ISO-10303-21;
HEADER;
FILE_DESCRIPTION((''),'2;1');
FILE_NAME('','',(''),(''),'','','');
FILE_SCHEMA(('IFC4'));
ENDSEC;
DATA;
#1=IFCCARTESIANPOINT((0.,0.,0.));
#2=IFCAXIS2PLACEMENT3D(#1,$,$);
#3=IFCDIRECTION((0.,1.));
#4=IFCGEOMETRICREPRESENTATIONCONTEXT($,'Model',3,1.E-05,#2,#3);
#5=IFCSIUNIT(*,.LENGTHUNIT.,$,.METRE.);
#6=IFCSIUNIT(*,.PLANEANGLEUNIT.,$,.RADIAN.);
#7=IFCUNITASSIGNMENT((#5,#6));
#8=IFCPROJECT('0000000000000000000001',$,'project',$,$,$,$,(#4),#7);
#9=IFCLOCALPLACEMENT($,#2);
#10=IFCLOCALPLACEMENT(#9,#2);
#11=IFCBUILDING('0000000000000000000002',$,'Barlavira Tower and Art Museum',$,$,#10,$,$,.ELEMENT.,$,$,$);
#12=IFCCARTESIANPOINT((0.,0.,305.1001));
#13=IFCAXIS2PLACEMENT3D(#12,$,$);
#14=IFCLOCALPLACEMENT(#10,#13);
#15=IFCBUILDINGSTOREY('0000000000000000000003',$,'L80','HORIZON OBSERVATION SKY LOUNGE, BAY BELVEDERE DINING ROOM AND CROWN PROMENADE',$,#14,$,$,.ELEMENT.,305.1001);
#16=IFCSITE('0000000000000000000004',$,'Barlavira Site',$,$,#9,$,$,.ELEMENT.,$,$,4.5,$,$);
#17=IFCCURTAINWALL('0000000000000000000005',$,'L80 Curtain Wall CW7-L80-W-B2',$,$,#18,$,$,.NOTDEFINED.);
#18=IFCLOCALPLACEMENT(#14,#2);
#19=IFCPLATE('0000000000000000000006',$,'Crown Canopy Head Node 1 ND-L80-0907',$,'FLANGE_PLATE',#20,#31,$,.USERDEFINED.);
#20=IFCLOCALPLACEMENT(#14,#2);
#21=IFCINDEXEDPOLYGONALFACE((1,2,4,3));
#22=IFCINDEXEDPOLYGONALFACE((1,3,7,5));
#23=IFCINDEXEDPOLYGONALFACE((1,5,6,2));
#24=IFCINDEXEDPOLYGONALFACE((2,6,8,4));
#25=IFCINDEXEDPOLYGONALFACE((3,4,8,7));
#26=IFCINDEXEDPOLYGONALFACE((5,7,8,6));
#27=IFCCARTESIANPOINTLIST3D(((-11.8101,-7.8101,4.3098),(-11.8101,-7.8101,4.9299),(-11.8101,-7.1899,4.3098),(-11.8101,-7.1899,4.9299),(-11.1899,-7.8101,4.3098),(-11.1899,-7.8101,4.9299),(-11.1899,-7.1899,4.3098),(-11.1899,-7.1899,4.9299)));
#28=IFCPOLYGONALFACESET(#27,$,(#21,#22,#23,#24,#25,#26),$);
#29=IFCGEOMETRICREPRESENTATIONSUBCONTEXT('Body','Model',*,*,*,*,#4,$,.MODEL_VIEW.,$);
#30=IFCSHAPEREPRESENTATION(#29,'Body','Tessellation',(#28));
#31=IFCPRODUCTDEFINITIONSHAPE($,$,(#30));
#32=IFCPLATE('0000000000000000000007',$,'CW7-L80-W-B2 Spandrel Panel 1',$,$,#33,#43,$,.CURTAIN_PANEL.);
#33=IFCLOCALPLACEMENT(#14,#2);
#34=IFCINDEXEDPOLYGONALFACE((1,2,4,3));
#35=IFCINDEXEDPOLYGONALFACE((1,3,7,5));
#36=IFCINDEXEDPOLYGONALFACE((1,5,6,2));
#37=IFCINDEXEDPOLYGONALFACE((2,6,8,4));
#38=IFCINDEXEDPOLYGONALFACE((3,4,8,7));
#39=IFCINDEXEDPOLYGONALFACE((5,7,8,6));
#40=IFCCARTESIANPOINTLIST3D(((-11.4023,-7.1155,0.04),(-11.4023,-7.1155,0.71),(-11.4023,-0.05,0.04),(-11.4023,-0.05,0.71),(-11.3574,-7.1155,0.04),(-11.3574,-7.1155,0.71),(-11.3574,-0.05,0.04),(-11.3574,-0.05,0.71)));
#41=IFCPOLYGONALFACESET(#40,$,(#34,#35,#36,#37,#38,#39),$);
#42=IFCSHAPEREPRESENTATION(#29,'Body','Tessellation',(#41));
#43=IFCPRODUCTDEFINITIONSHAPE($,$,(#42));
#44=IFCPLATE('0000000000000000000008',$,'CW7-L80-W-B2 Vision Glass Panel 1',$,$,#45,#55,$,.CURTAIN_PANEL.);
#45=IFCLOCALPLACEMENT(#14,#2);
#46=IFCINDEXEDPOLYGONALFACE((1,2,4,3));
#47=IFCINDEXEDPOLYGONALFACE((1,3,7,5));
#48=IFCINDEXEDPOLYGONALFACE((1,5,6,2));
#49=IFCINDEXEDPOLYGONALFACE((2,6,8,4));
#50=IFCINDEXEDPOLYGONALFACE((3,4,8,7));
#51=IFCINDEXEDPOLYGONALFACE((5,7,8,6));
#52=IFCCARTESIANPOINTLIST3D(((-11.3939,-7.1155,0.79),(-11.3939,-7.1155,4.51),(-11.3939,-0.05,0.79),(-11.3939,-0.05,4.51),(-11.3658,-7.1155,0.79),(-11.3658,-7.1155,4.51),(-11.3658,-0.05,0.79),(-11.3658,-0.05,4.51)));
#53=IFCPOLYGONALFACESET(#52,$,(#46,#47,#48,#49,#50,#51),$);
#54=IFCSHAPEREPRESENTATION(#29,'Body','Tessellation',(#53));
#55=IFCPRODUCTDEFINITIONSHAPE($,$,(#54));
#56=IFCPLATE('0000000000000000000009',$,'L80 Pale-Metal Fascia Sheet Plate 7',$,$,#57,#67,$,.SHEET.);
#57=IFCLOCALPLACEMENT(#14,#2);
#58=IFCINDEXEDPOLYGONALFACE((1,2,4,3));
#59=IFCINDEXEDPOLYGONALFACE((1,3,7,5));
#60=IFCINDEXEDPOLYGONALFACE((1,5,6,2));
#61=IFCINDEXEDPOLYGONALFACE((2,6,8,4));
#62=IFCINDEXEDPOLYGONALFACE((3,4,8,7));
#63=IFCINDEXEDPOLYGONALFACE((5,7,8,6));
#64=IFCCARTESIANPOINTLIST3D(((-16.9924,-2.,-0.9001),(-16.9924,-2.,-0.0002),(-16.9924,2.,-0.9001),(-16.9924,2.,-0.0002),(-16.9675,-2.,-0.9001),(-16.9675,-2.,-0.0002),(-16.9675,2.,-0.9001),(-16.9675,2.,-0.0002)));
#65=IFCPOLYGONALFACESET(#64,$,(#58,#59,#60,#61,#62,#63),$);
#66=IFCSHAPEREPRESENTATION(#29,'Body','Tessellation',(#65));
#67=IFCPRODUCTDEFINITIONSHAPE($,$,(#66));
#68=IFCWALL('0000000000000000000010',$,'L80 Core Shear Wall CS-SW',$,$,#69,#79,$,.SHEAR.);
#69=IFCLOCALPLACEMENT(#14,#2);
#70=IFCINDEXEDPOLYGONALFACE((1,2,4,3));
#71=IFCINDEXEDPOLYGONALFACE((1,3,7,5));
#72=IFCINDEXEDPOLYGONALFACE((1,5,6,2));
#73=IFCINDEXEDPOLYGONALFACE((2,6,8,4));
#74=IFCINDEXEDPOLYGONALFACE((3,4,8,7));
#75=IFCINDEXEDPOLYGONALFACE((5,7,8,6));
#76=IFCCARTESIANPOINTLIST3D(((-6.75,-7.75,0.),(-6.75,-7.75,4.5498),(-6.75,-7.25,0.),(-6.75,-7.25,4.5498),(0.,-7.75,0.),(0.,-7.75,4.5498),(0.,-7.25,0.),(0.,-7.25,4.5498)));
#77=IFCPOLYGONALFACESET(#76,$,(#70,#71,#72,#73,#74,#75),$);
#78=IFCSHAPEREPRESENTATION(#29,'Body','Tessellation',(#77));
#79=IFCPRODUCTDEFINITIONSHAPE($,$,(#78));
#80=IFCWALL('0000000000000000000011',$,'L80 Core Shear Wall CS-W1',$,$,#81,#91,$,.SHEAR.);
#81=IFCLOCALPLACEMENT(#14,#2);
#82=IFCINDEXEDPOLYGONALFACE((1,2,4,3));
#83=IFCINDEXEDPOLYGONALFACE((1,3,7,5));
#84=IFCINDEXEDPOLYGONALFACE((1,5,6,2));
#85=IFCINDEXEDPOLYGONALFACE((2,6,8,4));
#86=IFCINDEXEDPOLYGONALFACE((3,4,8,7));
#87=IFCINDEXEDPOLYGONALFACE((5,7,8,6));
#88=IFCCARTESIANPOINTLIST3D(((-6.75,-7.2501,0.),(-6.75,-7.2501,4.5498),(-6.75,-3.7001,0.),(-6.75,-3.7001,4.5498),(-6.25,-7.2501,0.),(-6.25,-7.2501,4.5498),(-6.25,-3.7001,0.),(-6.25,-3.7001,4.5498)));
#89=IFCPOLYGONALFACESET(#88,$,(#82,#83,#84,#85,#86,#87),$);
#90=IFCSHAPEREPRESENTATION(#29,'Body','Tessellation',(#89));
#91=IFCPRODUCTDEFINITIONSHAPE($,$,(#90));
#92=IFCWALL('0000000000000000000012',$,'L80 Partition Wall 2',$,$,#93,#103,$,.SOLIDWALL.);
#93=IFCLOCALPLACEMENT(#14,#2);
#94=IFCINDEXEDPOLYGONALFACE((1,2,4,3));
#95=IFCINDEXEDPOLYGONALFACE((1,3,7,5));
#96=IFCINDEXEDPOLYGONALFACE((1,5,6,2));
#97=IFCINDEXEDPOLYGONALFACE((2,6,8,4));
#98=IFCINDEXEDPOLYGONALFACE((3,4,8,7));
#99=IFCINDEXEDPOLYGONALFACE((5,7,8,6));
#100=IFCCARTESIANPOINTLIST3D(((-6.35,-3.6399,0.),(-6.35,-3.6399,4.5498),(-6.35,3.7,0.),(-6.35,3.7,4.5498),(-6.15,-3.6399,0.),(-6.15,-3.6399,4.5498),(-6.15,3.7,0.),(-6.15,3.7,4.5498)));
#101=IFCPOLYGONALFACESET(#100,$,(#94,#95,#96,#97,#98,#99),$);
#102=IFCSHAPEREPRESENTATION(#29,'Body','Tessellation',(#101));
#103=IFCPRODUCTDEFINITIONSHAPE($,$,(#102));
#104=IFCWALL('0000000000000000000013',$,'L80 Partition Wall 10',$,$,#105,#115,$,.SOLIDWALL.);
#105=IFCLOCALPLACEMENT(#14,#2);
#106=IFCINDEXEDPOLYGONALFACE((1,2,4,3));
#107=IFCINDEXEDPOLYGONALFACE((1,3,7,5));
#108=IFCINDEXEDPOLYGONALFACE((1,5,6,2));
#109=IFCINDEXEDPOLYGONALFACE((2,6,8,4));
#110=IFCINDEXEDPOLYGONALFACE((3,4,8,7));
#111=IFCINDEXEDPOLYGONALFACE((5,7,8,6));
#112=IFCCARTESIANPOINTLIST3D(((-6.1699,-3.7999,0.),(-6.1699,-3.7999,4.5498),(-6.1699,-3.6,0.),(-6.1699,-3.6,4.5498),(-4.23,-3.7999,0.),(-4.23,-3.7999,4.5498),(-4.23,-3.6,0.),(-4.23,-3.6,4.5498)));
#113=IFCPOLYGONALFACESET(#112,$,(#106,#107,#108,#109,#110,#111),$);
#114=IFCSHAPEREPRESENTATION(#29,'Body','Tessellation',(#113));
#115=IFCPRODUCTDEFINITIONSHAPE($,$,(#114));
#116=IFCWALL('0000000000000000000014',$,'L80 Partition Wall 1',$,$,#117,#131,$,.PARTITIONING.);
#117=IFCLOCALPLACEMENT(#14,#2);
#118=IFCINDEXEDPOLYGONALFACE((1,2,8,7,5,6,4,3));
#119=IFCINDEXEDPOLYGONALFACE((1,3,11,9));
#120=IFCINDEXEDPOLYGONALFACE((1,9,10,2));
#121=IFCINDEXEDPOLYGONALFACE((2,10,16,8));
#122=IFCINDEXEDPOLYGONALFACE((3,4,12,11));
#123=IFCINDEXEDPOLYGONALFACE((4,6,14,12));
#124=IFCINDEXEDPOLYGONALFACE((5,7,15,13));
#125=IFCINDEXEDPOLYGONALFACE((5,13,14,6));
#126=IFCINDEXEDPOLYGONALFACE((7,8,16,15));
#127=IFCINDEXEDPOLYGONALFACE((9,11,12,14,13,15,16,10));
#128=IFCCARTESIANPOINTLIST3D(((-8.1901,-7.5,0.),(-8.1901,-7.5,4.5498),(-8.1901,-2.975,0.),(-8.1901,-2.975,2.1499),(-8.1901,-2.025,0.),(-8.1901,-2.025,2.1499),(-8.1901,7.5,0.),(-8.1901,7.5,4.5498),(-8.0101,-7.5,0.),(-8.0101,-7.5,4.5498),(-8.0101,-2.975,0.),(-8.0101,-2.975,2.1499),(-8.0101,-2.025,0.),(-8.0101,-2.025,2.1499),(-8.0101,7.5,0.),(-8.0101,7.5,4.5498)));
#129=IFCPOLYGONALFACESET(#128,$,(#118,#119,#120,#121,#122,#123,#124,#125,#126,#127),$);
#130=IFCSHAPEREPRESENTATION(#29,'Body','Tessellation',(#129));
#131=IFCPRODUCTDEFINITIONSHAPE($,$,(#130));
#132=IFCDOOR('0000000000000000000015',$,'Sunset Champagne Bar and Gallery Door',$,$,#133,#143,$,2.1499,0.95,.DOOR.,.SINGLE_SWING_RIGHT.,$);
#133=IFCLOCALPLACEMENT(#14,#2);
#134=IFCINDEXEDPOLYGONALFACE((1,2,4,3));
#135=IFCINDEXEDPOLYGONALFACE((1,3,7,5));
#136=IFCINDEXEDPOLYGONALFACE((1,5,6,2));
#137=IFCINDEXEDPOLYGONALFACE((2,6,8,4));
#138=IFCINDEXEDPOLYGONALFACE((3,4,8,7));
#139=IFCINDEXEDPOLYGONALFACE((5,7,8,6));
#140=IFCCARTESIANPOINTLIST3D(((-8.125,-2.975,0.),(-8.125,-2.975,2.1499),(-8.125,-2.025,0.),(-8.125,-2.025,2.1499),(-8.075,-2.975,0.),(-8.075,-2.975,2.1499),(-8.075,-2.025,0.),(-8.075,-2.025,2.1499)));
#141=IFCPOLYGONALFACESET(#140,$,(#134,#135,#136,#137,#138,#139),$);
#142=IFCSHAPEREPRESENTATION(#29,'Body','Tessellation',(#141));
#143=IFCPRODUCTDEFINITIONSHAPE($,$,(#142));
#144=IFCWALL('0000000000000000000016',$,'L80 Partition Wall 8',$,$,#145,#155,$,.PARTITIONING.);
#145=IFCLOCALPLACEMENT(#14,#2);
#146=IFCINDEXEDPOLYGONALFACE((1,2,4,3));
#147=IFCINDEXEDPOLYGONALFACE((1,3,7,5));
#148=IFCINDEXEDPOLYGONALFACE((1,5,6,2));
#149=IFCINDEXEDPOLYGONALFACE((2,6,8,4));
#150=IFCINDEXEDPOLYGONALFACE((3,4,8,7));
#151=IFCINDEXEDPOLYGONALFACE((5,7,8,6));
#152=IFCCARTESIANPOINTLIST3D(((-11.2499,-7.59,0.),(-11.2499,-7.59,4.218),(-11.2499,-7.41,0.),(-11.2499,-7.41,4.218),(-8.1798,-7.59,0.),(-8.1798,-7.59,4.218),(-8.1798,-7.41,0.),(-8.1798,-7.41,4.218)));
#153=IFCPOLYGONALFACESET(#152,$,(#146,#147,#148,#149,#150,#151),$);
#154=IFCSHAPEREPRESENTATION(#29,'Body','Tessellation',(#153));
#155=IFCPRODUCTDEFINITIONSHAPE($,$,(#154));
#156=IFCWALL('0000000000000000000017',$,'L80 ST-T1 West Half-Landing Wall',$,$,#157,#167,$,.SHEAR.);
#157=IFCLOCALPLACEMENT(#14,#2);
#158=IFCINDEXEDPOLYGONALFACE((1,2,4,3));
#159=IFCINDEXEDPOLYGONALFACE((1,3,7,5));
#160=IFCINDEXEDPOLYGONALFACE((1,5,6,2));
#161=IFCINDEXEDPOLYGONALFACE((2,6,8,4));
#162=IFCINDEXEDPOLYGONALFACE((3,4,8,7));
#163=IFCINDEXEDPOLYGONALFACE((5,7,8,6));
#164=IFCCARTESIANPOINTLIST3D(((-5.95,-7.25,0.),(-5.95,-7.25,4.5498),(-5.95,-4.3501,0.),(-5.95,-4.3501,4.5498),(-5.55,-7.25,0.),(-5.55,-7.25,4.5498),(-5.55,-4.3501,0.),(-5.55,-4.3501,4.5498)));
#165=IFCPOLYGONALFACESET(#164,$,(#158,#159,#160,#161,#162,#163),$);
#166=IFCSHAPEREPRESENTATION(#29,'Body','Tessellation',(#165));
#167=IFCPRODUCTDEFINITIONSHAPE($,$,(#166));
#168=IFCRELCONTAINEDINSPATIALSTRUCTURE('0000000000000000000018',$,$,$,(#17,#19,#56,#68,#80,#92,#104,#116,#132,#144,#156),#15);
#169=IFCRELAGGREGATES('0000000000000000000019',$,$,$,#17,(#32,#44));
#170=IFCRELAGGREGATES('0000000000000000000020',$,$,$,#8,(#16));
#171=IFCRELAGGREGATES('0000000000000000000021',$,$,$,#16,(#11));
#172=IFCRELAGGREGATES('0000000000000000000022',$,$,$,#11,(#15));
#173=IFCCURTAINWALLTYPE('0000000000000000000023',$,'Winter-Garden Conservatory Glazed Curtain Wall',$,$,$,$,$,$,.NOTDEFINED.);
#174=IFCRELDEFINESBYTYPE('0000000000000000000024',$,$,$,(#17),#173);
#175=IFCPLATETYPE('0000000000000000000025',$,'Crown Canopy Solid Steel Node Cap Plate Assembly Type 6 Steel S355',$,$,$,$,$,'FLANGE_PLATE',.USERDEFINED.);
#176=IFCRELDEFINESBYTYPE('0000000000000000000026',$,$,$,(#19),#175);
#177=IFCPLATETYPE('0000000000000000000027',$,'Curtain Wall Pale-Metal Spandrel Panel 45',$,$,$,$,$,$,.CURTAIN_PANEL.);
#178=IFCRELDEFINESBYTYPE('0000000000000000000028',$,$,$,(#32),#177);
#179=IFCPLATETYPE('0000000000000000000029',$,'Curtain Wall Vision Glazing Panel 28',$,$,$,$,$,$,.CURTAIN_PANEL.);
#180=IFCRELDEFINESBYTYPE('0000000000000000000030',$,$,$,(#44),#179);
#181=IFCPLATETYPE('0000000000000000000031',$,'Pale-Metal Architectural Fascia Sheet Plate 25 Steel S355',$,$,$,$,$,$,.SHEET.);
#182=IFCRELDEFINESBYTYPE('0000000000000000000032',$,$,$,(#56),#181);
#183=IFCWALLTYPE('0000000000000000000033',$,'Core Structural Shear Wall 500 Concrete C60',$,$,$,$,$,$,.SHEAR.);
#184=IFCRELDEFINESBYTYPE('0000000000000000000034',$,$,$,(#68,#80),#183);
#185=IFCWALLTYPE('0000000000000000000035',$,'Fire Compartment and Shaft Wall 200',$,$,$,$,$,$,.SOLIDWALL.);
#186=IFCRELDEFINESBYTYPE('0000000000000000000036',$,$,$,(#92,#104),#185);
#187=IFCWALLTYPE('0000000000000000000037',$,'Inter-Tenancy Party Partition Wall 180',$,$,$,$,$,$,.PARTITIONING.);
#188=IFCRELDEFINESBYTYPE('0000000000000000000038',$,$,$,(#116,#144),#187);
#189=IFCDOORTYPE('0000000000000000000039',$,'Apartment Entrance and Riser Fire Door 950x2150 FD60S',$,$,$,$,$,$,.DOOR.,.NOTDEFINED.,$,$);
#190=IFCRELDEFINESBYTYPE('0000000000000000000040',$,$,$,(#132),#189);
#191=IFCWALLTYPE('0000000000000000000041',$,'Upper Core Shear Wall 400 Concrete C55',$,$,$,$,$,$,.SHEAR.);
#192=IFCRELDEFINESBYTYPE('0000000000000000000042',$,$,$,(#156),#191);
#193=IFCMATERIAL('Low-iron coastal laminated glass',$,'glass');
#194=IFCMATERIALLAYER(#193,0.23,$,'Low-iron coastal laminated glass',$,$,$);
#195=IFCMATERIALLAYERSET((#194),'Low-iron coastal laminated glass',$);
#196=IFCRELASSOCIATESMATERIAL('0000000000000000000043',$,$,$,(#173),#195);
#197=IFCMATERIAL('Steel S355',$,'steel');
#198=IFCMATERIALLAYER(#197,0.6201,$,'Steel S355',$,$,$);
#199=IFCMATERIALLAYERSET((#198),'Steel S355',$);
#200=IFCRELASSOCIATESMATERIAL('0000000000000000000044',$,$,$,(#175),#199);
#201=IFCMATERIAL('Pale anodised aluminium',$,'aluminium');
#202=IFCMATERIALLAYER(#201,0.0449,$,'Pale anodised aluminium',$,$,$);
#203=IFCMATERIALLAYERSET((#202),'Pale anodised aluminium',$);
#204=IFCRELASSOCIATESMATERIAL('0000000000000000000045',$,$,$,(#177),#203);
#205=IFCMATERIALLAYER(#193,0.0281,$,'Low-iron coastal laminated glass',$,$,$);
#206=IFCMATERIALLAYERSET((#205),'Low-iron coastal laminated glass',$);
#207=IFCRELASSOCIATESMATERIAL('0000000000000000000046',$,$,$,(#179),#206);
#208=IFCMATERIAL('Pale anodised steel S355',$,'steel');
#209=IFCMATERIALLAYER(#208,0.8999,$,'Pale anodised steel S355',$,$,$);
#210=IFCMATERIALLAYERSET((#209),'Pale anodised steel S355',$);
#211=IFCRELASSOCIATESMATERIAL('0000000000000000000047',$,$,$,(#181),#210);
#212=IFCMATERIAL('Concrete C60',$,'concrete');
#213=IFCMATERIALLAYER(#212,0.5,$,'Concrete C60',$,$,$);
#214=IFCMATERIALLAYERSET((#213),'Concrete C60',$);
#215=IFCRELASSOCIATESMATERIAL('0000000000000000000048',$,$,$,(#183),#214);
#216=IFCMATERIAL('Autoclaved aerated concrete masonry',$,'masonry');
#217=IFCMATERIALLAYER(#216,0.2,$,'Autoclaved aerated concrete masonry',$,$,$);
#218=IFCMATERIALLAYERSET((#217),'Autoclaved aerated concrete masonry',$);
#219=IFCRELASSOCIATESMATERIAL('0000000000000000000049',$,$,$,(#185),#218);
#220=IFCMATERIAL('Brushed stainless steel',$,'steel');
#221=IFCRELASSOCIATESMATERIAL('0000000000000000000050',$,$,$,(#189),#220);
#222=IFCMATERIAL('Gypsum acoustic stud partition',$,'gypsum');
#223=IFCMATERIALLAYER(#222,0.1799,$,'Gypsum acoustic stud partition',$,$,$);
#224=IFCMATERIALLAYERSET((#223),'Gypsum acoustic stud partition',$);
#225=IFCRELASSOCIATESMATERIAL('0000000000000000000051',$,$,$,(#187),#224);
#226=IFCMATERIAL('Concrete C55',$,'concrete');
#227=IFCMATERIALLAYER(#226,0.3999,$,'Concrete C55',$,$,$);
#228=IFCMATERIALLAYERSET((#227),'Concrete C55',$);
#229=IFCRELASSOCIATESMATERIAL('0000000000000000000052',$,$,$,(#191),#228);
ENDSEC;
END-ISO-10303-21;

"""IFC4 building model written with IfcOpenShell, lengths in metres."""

from ifc_helpers import new_model, si_unit, direction, frame, frame_2d, origin, origin_2d, place, context, subcontext, project, spatial, rectangle, extrude, material, layer, layer_set, type_object, element, fill, aggregate, save


model = new_model("IFC4")

# Units and contexts
model_context = context("Model", 3, precision=1e-05, world=origin(), true_north=direction((0.0, 1.0)))
body_context = subcontext(model_context, "Body", "Model", "MODEL_VIEW")
ifc_project = project(units=[si_unit("LENGTHUNIT", "METRE"), si_unit("PLANEANGLEUNIT", "RADIAN")], contexts=[model_context])

# Site, building, storey
site_placement = place(None, origin())
site = spatial("IfcSite", under=ifc_project, at=site_placement, Name="Barlavira Site", CompositionType="ELEMENT", RefElevation=4.5)
building_placement = place(site_placement, origin())
building = spatial("IfcBuilding", under=site, at=building_placement, Name="Barlavira Tower and Art Museum", CompositionType="ELEMENT")
storey_placement = place(building_placement, frame((0.0, 0.0, 305.1001)))
storey = spatial("IfcBuildingStorey", under=building, at=storey_placement, Name="L80", Description="HORIZON OBSERVATION SKY LOUNGE, BAY BELVEDERE DINING ROOM AND CROWN PROMENADE", CompositionType="ELEMENT", Elevation=305.1001)

# Shared definitions
ifc_material_1 = material(Name="Steel S355", Category="steel")

# Curtain wall
ifc_material_2 = material(Name="Low-iron coastal laminated glass", Category="glass")
ifc_layer_1 = layer(ifc_material_2, 0.23, Name="Low-iron coastal laminated glass")
ifc_layer_set_1 = layer_set([ifc_layer_1], Name="Low-iron coastal laminated glass")
curtain_wall_type = type_object("IfcCurtainWallType", Name="Winter-Garden Conservatory Glazed Curtain Wall", PredefinedType="NOTDEFINED", material=ifc_layer_set_1)
curtain_wall_placement = place(storey_placement, origin())
curtain_wall = element("IfcCurtainWall", 1, at=curtain_wall_placement, inside=storey, type_object=curtain_wall_type, Name="L80 Curtain Wall CW7-L80-W-B2", PredefinedType="NOTDEFINED")
ifc_material_3 = material(Name="Pale anodised aluminium", Category="aluminium")

# Plate
ifc_layer_2 = layer(ifc_material_1, 0.6201, Name="Steel S355")
ifc_layer_set_2 = layer_set([ifc_layer_2], Name="Steel S355")
plate_type_1 = type_object("IfcPlateType", Name="Crown Canopy Solid Steel Node Cap Plate Assembly Type 6 Steel S355", ElementType="FLANGE_PLATE", PredefinedType="USERDEFINED", material=ifc_layer_set_2)
for number, where, z_axis, x_axis, name in (
    (2, (-11.5, -7.5, 4.3098), (0.0, 0.0, 1.0), (1.0, 0.0, 0.0), "Crown Canopy Head Node 1 ND-L80-0907"),
):
    element("IfcPlate", number, at=place(storey_placement, frame(where, z_axis=z_axis, x_axis=x_axis)), inside=storey, type_object=plate_type_1, Name=name, ObjectType="FLANGE_PLATE", PredefinedType="USERDEFINED", context=body_context, shape_type="SweptSolid", body=[
        extrude(rectangle(XDim=0.6201, YDim=0.6201, at=origin_2d()), origin(), (0.0, 0.0, 1.0), 0.6201),
    ])

# Plates
ifc_layer_3 = layer(ifc_material_3, 0.0449, Name="Pale anodised aluminium")
ifc_layer_set_3 = layer_set([ifc_layer_3], Name="Pale anodised aluminium")
plate_type_2 = type_object("IfcPlateType", Name="Curtain Wall Pale-Metal Spandrel Panel 45", PredefinedType="CURTAIN_PANEL", material=ifc_layer_set_3)
plate_1_placement = place(storey_placement, frame((-11.3799, -3.5828, 0.04), z_axis=(0.0, 0.0, 1.0), x_axis=(0.0, -1.0, 0.0)))
plate_1 = element("IfcPlate", 3, at=plate_1_placement, type_object=plate_type_2, Name="CW7-L80-W-B2 Spandrel Panel 1", PredefinedType="CURTAIN_PANEL", context=body_context, shape_type="SweptSolid", body=[
    extrude(rectangle(XDim=7.0654, YDim=0.0449, at=origin_2d()), origin(), (0.0, 0.0, 1.0), 0.6699),
])
ifc_layer_4 = layer(ifc_material_2, 0.0281, Name="Low-iron coastal laminated glass")
ifc_layer_set_4 = layer_set([ifc_layer_4], Name="Low-iron coastal laminated glass")
plate_type_3 = type_object("IfcPlateType", Name="Curtain Wall Vision Glazing Panel 28", PredefinedType="CURTAIN_PANEL", material=ifc_layer_set_4)
plate_2_placement = place(storey_placement, frame((-11.3799, -3.5828, 0.79), z_axis=(0.0, 0.0, 1.0), x_axis=(0.0, -1.0, 0.0)))
plate_2 = element("IfcPlate", 4, at=plate_2_placement, type_object=plate_type_3, Name="CW7-L80-W-B2 Vision Glass Panel 1", PredefinedType="CURTAIN_PANEL", context=body_context, shape_type="SweptSolid", body=[
    extrude(rectangle(XDim=7.0654, YDim=0.0281, at=origin_2d()), origin(), (0.0, 0.0, 1.0), 3.72),
])
aggregate(curtain_wall, [plate_1, plate_2])
ifc_material_4 = material(Name="Pale anodised steel S355", Category="steel")
ifc_layer_5 = layer(ifc_material_4, 0.8999, Name="Pale anodised steel S355")
ifc_layer_set_5 = layer_set([ifc_layer_5], Name="Pale anodised steel S355")
plate_type_4 = type_object("IfcPlateType", Name="Pale-Metal Architectural Fascia Sheet Plate 25 Steel S355", PredefinedType="SHEET", material=ifc_layer_set_5)
plate_3_placement = place(storey_placement, frame((-16.98, 0.0, -0.9001), z_axis=(0.0, 0.0, 1.0), x_axis=(0.0, 1.0, 0.0)))
element("IfcPlate", 5, at=plate_3_placement, inside=storey, type_object=plate_type_4, Name="L80 Pale-Metal Fascia Sheet Plate 7", PredefinedType="SHEET", context=body_context, shape_type="SweptSolid", body=[
    extrude(rectangle(XDim=4.0, YDim=0.0249, at=origin_2d()), origin(), (0.0, 0.0, 1.0), 0.8999),
])

# Walls
ifc_material_5 = material(Name="Concrete C60", Category="concrete")
ifc_layer_6 = layer(ifc_material_5, 0.5, Name="Concrete C60")
ifc_layer_set_6 = layer_set([ifc_layer_6], Name="Concrete C60")
wall_type_1 = type_object("IfcWallType", Name="Core Structural Shear Wall 500 Concrete C60", PredefinedType="SHEAR", material=ifc_layer_set_6)
wall_1_placement = place(storey_placement, frame((-6.75, -7.5, 0.0), z_axis=(0.0, 0.0, 1.0), x_axis=(1.0, 0.0, 0.0)))
element("IfcWall", 6, at=wall_1_placement, inside=storey, type_object=wall_type_1, Name="L80 Core Shear Wall CS-SW", PredefinedType="SHEAR", context=body_context, shape_type="SweptSolid", body=[
    extrude(rectangle(XDim=6.75, YDim=0.5, at=frame_2d((3.375, 0.0))), origin(), (0.0, 0.0, 1.0), 4.5498),
])
wall_2_placement = place(storey_placement, frame((-6.5, -7.25, 0.0), z_axis=(0.0, 0.0, 1.0), x_axis=(0.0, 1.0, 0.0)))
element("IfcWall", 7, at=wall_2_placement, inside=storey, type_object=wall_type_1, Name="L80 Core Shear Wall CS-W1", PredefinedType="SHEAR", context=body_context, shape_type="SweptSolid", body=[
    extrude(rectangle(XDim=3.55, YDim=0.5, at=frame_2d((1.7749, 0.0))), origin(), (0.0, 0.0, 1.0), 4.5498),
])
ifc_material_6 = material(Name="Autoclaved aerated concrete masonry", Category="masonry")
ifc_layer_7 = layer(ifc_material_6, 0.2, Name="Autoclaved aerated concrete masonry")
ifc_layer_set_7 = layer_set([ifc_layer_7], Name="Autoclaved aerated concrete masonry")
wall_type_2 = type_object("IfcWallType", Name="Fire Compartment and Shaft Wall 200", PredefinedType="SOLIDWALL", material=ifc_layer_set_7)
wall_3_placement = place(storey_placement, frame((-6.25, -3.6399, 0.0), z_axis=(0.0, 0.0, 1.0), x_axis=(0.0, 1.0, 0.0)))
element("IfcWall", 8, at=wall_3_placement, inside=storey, type_object=wall_type_2, Name="L80 Partition Wall 2", PredefinedType="SOLIDWALL", context=body_context, shape_type="SweptSolid", body=[
    extrude(rectangle(XDim=7.3398, YDim=0.2, at=frame_2d((3.6699, 0.0))), origin(), (0.0, 0.0, 1.0), 4.5498),
])

# Shared definitions
ifc_material_7 = material(Name="Brushed stainless steel", Category="steel")
door_type = type_object("IfcDoorType", Name="Apartment Entrance and Riser Fire Door 950x2150 FD60S", OperationType="NOTDEFINED", PredefinedType="DOOR", material=ifc_material_7)

# Wall
wall_4_placement = place(storey_placement, frame((-6.1699, -3.7, 0.0), z_axis=(0.0, 0.0, 1.0), x_axis=(1.0, 0.0, 0.0)))
element("IfcWall", 9, at=wall_4_placement, inside=storey, type_object=wall_type_2, Name="L80 Partition Wall 10", PredefinedType="SOLIDWALL", context=body_context, shape_type="SweptSolid", body=[
    extrude(rectangle(XDim=1.9399, YDim=0.2, at=frame_2d((0.97, 0.0))), origin(), (0.0, 0.0, 1.0), 4.5498),
])

# Wall, opening, door
ifc_material_8 = material(Name="Gypsum acoustic stud partition", Category="gypsum")
ifc_layer_8 = layer(ifc_material_8, 0.1799, Name="Gypsum acoustic stud partition")
ifc_layer_set_8 = layer_set([ifc_layer_8], Name="Gypsum acoustic stud partition")
wall_type_3 = type_object("IfcWallType", Name="Inter-Tenancy Party Partition Wall 180", PredefinedType="PARTITIONING", material=ifc_layer_set_8)
wall_5_placement = place(storey_placement, frame((-8.1001, -7.5, 0.0), z_axis=(0.0, 0.0, 1.0), x_axis=(0.0, 1.0, 0.0)))
wall_5 = element("IfcWall", 10, at=wall_5_placement, inside=storey, type_object=wall_type_3, Name="L80 Partition Wall 1", PredefinedType="PARTITIONING", context=body_context, shape_type="SweptSolid", body=[
    extrude(rectangle(XDim=15.0, YDim=0.1799, at=frame_2d((7.5, 0.0))), origin(), (0.0, 0.0, 1.0), 4.5498),
])
opening_1_placement = place(wall_5_placement, frame((4.5249, 0.0, 0.0)))
opening_1 = element("IfcOpeningElement", 11, at=opening_1_placement, cuts=wall_5, PredefinedType="OPENING", context=body_context, shape_type="SweptSolid", body=[
    extrude(rectangle(XDim=0.95, YDim=2.1499, at=frame_2d((0.4751, 1.075))), frame((0.0, 0.1001, 0.0), z_axis=(0.0, -1.0, 0.0), x_axis=(1.0, 0.0, 0.0)), (0.0, 0.0, 1.0), 0.2),
])
door_1_placement = place(opening_1_placement, origin())
door_1 = element("IfcDoor", 12, at=door_1_placement, inside=storey, type_object=door_type, Name="Sunset Champagne Bar and Gallery Door", OperationType="SINGLE_SWING_RIGHT", OverallHeight=2.1499, OverallWidth=0.95, PredefinedType="DOOR", context=body_context, shape_type="SweptSolid", body=[
    extrude(rectangle(XDim=0.95, YDim=2.1499, at=frame_2d((0.4751, 1.075))), frame((0.0, 0.0249, 0.0), z_axis=(0.0, -1.0, 0.0), x_axis=(1.0, 0.0, 0.0)), (0.0, 0.0, 1.0), 0.05),
])
fill(opening_1, door_1)

# Walls
wall_6_placement = place(storey_placement, frame((-11.25, -7.5, 0.0), z_axis=(0.0, 0.0, 1.0), x_axis=(1.0, 0.0, 0.0)))
element("IfcWall", 13, at=wall_6_placement, inside=storey, type_object=wall_type_3, Name="L80 Partition Wall 8", PredefinedType="PARTITIONING", context=body_context, shape_type="SweptSolid", body=[
    extrude(rectangle(XDim=3.0701, YDim=0.1799, at=frame_2d((1.5352, 0.0))), origin(), (0.0, 0.0, 1.0), 4.218),
])
ifc_material_9 = material(Name="Concrete C55", Category="concrete")
ifc_layer_9 = layer(ifc_material_9, 0.3999, Name="Concrete C55")
ifc_layer_set_9 = layer_set([ifc_layer_9], Name="Concrete C55")
wall_type_4 = type_object("IfcWallType", Name="Upper Core Shear Wall 400 Concrete C55", PredefinedType="SHEAR", material=ifc_layer_set_9)
wall_7_placement = place(storey_placement, frame((-5.75, -7.25, 0.0), z_axis=(0.0, 0.0, 1.0), x_axis=(0.0, 1.0, 0.0)))
element("IfcWall", 14, at=wall_7_placement, inside=storey, type_object=wall_type_4, Name="L80 ST-T1 West Half-Landing Wall", PredefinedType="SHEAR", context=body_context, shape_type="SweptSolid", body=[
    extrude(rectangle(XDim=2.8999, YDim=0.3999, at=frame_2d((1.45, 0.0))), origin(), (0.0, 0.0, 1.0), 4.5498),
])

save(model, "model.ifc")
